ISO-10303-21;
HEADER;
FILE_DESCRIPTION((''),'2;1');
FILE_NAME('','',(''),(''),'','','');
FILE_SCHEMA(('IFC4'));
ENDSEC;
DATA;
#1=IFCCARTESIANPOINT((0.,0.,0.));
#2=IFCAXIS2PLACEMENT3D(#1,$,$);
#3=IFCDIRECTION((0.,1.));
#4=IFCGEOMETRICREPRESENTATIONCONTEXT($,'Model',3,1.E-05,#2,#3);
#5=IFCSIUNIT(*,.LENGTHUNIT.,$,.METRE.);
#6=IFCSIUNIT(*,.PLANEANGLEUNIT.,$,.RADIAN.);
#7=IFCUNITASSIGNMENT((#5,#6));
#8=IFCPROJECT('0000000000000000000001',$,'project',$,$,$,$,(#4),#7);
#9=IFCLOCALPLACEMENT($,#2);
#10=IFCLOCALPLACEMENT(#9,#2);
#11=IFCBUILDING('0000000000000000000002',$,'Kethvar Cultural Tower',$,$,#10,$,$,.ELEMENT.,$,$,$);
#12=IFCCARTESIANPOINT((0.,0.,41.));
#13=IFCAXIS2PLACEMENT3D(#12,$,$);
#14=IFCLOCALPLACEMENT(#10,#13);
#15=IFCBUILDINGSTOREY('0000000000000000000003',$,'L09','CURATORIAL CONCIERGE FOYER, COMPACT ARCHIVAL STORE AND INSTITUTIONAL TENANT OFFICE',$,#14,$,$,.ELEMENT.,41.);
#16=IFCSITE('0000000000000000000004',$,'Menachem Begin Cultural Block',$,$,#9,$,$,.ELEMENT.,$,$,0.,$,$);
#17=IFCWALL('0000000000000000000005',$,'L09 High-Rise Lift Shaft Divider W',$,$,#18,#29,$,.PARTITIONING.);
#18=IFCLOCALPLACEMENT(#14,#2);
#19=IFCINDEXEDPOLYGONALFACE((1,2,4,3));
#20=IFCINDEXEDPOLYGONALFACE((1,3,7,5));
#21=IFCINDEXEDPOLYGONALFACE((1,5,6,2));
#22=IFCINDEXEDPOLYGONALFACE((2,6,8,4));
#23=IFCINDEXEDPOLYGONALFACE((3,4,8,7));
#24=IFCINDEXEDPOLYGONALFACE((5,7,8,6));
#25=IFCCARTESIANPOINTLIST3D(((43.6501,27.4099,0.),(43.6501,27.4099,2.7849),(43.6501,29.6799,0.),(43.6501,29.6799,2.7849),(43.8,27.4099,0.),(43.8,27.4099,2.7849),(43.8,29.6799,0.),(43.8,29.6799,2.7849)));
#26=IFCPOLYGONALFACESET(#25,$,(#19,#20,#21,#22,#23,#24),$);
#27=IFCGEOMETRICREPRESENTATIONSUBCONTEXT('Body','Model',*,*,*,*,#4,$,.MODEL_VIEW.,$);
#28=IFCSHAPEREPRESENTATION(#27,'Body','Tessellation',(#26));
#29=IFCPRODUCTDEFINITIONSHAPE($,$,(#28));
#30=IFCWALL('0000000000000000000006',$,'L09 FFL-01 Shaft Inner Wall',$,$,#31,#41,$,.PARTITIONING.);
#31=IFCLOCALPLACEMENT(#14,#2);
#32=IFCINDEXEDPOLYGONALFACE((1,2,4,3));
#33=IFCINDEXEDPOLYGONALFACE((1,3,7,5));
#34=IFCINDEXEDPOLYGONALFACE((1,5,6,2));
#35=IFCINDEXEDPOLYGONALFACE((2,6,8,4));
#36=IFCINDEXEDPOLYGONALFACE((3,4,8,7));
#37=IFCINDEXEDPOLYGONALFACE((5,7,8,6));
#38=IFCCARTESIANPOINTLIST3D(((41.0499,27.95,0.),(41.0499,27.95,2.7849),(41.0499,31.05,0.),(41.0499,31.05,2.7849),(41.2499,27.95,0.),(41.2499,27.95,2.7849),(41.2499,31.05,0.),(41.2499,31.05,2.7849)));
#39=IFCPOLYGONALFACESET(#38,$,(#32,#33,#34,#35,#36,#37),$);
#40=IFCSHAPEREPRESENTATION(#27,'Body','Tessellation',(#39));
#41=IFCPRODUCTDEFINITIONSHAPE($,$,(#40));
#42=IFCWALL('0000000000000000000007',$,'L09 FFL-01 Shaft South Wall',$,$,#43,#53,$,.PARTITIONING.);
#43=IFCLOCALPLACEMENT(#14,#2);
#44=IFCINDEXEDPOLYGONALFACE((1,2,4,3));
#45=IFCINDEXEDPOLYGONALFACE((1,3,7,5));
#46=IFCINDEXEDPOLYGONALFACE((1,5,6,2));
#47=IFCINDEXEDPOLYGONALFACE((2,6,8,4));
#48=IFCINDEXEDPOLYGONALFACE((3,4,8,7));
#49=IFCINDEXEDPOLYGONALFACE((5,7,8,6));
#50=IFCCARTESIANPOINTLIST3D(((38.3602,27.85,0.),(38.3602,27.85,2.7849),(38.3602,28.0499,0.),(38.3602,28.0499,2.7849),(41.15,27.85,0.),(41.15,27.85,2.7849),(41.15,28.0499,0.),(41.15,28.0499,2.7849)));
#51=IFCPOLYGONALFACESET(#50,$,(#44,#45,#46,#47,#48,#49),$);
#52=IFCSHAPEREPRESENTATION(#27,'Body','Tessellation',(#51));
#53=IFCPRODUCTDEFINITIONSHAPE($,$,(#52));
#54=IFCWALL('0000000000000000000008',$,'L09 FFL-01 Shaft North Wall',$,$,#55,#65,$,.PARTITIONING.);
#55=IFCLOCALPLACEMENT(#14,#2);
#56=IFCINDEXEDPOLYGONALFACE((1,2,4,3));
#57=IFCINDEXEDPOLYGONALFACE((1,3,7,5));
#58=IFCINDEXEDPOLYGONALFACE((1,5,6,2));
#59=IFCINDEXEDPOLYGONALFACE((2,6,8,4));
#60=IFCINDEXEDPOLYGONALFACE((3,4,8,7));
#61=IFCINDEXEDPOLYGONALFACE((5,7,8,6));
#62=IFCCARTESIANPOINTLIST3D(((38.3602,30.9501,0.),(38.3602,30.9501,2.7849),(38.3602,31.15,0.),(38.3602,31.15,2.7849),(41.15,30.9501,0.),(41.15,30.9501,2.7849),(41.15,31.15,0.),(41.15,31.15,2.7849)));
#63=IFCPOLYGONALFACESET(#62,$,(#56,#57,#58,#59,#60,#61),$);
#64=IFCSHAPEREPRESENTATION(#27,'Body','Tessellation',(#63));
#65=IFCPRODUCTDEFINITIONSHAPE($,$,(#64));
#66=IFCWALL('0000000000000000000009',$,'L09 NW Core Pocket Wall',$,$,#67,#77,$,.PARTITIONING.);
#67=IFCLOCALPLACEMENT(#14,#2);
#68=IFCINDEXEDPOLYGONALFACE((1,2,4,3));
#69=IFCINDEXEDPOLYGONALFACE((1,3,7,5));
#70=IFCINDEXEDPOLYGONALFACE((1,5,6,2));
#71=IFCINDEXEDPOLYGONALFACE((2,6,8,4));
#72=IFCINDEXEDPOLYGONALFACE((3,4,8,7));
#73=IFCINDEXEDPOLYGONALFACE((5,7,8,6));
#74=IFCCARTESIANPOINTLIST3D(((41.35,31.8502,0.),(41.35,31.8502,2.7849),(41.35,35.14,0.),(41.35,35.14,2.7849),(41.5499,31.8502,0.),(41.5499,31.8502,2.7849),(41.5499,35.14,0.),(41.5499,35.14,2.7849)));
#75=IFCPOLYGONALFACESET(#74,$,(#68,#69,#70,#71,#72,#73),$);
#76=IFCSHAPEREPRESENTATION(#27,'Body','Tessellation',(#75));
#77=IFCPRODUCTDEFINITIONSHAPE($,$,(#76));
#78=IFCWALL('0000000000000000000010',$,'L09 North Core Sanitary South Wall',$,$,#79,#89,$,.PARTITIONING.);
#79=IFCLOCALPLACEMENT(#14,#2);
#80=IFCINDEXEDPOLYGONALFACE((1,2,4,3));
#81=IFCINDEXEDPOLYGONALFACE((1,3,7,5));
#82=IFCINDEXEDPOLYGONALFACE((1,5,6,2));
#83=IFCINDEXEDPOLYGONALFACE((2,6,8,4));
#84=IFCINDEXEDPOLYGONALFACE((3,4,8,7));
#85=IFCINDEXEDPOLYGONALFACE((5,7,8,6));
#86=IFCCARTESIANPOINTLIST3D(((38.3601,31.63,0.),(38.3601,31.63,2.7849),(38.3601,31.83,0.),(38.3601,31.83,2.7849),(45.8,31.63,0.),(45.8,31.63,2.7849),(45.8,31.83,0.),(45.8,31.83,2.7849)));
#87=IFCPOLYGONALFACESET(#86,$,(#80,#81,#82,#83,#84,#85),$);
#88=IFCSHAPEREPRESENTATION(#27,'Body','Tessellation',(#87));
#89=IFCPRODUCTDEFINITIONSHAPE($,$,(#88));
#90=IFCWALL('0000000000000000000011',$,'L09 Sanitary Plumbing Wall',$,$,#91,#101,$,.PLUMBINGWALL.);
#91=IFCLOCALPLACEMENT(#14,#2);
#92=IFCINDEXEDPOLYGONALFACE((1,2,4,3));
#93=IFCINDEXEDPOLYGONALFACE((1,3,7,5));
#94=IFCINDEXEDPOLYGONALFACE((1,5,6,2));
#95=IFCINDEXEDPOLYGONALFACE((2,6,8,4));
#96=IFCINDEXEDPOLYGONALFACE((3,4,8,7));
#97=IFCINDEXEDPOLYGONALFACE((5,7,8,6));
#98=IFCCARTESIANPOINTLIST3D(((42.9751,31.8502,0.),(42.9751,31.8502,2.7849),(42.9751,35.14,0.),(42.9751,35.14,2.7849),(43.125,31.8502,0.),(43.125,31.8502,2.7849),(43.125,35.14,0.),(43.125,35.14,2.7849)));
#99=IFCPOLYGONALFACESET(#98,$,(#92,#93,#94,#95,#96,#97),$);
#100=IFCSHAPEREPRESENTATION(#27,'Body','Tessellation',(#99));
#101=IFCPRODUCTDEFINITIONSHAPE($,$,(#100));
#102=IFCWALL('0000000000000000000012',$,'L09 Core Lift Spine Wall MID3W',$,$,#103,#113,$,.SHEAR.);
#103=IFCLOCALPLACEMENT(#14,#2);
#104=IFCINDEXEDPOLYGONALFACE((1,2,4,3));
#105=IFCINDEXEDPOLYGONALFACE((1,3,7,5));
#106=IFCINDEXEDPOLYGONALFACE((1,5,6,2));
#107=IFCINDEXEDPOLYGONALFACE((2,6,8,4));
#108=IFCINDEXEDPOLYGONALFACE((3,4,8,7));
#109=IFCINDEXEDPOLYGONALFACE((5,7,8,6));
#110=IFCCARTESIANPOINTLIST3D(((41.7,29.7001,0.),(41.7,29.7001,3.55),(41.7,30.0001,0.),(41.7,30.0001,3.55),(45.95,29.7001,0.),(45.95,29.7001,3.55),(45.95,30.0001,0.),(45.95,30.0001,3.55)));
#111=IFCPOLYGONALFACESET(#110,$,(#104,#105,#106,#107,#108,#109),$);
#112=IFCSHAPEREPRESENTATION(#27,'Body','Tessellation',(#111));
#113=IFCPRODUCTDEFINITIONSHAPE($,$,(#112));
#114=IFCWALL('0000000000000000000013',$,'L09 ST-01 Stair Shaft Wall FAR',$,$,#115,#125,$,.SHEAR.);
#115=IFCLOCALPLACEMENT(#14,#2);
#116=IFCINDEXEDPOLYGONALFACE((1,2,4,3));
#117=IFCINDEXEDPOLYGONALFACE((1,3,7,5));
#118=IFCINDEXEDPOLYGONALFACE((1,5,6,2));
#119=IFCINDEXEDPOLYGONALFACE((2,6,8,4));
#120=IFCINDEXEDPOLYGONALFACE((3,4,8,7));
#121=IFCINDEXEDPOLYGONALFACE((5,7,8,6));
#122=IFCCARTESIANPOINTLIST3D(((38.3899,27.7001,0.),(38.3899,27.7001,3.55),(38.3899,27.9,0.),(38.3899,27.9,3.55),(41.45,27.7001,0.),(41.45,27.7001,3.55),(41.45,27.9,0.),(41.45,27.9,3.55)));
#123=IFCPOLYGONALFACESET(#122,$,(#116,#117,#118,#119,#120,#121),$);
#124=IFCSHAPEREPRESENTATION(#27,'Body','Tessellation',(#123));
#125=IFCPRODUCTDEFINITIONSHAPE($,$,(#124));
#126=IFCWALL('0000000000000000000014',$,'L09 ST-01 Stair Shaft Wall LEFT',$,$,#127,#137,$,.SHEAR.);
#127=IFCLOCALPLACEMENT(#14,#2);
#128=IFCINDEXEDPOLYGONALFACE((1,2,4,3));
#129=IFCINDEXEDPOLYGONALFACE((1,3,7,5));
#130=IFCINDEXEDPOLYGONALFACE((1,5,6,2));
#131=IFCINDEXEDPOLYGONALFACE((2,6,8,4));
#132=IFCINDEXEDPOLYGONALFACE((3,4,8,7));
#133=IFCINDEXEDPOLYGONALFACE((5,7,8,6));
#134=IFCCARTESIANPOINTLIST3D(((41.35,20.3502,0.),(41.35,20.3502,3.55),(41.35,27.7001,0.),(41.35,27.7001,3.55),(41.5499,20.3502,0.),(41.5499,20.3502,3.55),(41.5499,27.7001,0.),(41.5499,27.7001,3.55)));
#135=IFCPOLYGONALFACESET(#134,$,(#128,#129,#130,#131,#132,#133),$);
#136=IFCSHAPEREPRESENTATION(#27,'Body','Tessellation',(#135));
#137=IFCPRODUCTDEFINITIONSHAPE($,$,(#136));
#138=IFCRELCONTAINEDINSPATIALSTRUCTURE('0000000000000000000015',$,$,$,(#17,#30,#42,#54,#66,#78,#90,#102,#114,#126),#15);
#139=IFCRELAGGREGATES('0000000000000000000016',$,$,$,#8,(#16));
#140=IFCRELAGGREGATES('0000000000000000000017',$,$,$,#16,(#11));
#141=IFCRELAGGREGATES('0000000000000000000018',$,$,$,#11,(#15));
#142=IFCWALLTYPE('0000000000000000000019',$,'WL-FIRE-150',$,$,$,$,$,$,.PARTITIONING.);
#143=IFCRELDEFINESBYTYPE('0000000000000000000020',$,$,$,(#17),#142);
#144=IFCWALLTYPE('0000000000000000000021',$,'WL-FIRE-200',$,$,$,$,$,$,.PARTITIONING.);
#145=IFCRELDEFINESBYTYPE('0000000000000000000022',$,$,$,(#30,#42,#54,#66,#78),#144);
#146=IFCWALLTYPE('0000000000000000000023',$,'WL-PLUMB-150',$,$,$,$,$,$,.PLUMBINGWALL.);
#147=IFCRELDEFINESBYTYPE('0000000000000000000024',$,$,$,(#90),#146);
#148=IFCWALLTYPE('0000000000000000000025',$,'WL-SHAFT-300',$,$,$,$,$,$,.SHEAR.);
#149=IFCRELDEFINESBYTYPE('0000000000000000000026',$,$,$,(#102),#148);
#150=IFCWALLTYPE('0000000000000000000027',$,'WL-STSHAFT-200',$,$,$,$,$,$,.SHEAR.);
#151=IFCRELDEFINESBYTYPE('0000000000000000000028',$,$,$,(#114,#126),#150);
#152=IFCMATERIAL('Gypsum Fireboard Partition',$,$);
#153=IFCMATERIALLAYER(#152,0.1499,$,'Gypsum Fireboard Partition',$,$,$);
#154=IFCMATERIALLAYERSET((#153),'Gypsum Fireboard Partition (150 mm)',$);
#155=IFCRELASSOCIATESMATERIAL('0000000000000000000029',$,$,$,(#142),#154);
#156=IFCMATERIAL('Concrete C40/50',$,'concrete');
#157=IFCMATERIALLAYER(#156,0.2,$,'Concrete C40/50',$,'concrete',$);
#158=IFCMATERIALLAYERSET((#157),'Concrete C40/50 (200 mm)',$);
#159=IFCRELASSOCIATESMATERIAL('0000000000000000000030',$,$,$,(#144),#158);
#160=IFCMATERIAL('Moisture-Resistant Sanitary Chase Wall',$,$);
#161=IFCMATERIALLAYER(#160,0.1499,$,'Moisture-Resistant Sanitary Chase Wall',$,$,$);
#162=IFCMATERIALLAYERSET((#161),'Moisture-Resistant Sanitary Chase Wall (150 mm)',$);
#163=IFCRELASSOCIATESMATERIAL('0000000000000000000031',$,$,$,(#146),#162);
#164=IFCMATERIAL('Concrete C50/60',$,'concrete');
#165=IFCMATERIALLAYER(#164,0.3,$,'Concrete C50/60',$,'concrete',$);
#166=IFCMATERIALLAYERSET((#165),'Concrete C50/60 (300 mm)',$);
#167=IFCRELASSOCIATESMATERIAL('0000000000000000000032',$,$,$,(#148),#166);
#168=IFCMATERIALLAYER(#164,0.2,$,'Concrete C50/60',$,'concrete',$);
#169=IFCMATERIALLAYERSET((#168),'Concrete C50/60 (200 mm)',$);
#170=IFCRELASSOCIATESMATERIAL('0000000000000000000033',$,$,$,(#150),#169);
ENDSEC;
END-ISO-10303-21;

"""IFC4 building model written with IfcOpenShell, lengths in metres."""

from ifc_helpers import new_model, si_unit, direction, frame, frame_2d, origin, place, context, subcontext, project, spatial, rectangle, extrude, material, layer, layer_set, type_object, element, save


model = new_model("IFC4")

# Units and contexts
model_context = context("Model", 3, precision=1e-05, world=origin(), true_north=direction((0.0, 1.0)))
body_context = subcontext(model_context, "Body", "Model", "MODEL_VIEW")
ifc_project = project(units=[si_unit("LENGTHUNIT", "METRE"), si_unit("PLANEANGLEUNIT", "RADIAN")], contexts=[model_context])

# Site, building, storey
site_placement = place(None, origin())
site = spatial("IfcSite", under=ifc_project, at=site_placement, Name="Menachem Begin Cultural Block", CompositionType="ELEMENT", RefElevation=0.0)
building_placement = place(site_placement, origin())
building = spatial("IfcBuilding", under=site, at=building_placement, Name="Kethvar Cultural Tower", CompositionType="ELEMENT")
storey_placement = place(building_placement, frame((0.0, 0.0, 41.0)))
storey = spatial("IfcBuildingStorey", under=building, at=storey_placement, Name="L09", Description="CURATORIAL CONCIERGE FOYER, COMPACT ARCHIVAL STORE AND INSTITUTIONAL TENANT OFFICE", CompositionType="ELEMENT", Elevation=41.0)

# Walls
ifc_material_1 = material(Name="Gypsum Fireboard Partition")
ifc_layer_1 = layer(ifc_material_1, 0.1499, Name="Gypsum Fireboard Partition")
ifc_layer_set_1 = layer_set([ifc_layer_1], Name="Gypsum Fireboard Partition (150 mm)")
wall_type_1 = type_object("IfcWallType", Name="WL-FIRE-150", PredefinedType="PARTITIONING", material=ifc_layer_set_1)
for number, where, z_axis, x_axis, name in (
    (1, (43.7251, 27.4099, 0.0), (0.0, 0.0, 1.0), (0.0, 1.0, 0.0), "L09 High-Rise Lift Shaft Divider W"),
):
    element("IfcWall", number, at=place(storey_placement, frame(where, z_axis=z_axis, x_axis=x_axis)), inside=storey, type_object=wall_type_1, Name=name, PredefinedType="PARTITIONING", context=body_context, shape_type="SweptSolid", body=[
        extrude(rectangle(XDim=2.27, YDim=0.1499, at=frame_2d((1.135, 0.0))), origin(), (0.0, 0.0, 1.0), 2.7849),
    ])
ifc_material_2 = material(Name="Concrete C40/50", Category="concrete")
ifc_layer_2 = layer(ifc_material_2, 0.2, Name="Concrete C40/50", Category="concrete")
ifc_layer_set_2 = layer_set([ifc_layer_2], Name="Concrete C40/50 (200 mm)")
wall_type_2 = type_object("IfcWallType", Name="WL-FIRE-200", PredefinedType="PARTITIONING", material=ifc_layer_set_2)
wall_1_placement = place(storey_placement, frame((41.1499, 27.95, 0.0), z_axis=(0.0, 0.0, 1.0), x_axis=(0.0, 1.0, 0.0)))
element("IfcWall", 2, at=wall_1_placement, inside=storey, type_object=wall_type_2, Name="L09 FFL-01 Shaft Inner Wall", PredefinedType="PARTITIONING", context=body_context, shape_type="SweptSolid", body=[
    extrude(rectangle(XDim=3.1001, YDim=0.2, at=frame_2d((1.55, 0.0))), origin(), (0.0, 0.0, 1.0), 2.7849),
])
for number, where, z_axis, x_axis, name in (
    (3, (38.3601, 27.95, 0.0), (0.0, 0.0, 1.0), (1.0, 0.0, 0.0), "L09 FFL-01 Shaft South Wall"),
    (4, (38.3601, 31.05, 0.0), (0.0, 0.0, 1.0), (1.0, 0.0, 0.0), "L09 FFL-01 Shaft North Wall"),
):
    element("IfcWall", number, at=place(storey_placement, frame(where, z_axis=z_axis, x_axis=x_axis)), inside=storey, type_object=wall_type_2, Name=name, PredefinedType="PARTITIONING", context=body_context, shape_type="SweptSolid", body=[
        extrude(rectangle(XDim=2.7898, YDim=0.2, at=frame_2d((1.395, 0.0))), origin(), (0.0, 0.0, 1.0), 2.7849),
    ])
wall_2_placement = place(storey_placement, frame((41.45, 31.8501, 0.0), z_axis=(0.0, 0.0, 1.0), x_axis=(0.0, 1.0, 0.0)))
element("IfcWall", 5, at=wall_2_placement, inside=storey, type_object=wall_type_2, Name="L09 NW Core Pocket Wall", PredefinedType="PARTITIONING", context=body_context, shape_type="SweptSolid", body=[
    extrude(rectangle(XDim=3.2898, YDim=0.2, at=frame_2d((1.645, 0.0))), origin(), (0.0, 0.0, 1.0), 2.7849),
])
wall_3_placement = place(storey_placement, frame((38.3601, 31.73, 0.0), z_axis=(0.0, 0.0, 1.0), x_axis=(1.0, 0.0, 0.0)))
element("IfcWall", 6, at=wall_3_placement, inside=storey, type_object=wall_type_2, Name="L09 North Core Sanitary South Wall", PredefinedType="PARTITIONING", context=body_context, shape_type="SweptSolid", body=[
    extrude(rectangle(XDim=7.4399, YDim=0.2, at=frame_2d((3.72, 0.0))), origin(), (0.0, 0.0, 1.0), 2.7849),
])
ifc_material_3 = material(Name="Moisture-Resistant Sanitary Chase Wall")
ifc_layer_3 = layer(ifc_material_3, 0.1499, Name="Moisture-Resistant Sanitary Chase Wall")
ifc_layer_set_3 = layer_set([ifc_layer_3], Name="Moisture-Resistant Sanitary Chase Wall (150 mm)")
wall_type_3 = type_object("IfcWallType", Name="WL-PLUMB-150", PredefinedType="PLUMBINGWALL", material=ifc_layer_set_3)
wall_4_placement = place(storey_placement, frame((43.05, 31.8501, 0.0), z_axis=(0.0, 0.0, 1.0), x_axis=(0.0, 1.0, 0.0)))
element("IfcWall", 7, at=wall_4_placement, inside=storey, type_object=wall_type_3, Name="L09 Sanitary Plumbing Wall", PredefinedType="PLUMBINGWALL", context=body_context, shape_type="SweptSolid", body=[
    extrude(rectangle(XDim=3.2898, YDim=0.1499, at=frame_2d((1.645, 0.0))), origin(), (0.0, 0.0, 1.0), 2.7849),
])
ifc_material_4 = material(Name="Concrete C50/60", Category="concrete")
ifc_layer_4 = layer(ifc_material_4, 0.3, Name="Concrete C50/60", Category="concrete")
ifc_layer_set_4 = layer_set([ifc_layer_4], Name="Concrete C50/60 (300 mm)")
wall_type_4 = type_object("IfcWallType", Name="WL-SHAFT-300", PredefinedType="SHEAR", material=ifc_layer_set_4)
wall_5_placement = place(storey_placement, frame((41.7, 29.8501, 0.0), z_axis=(0.0, 0.0, 1.0), x_axis=(1.0, 0.0, 0.0)))
element("IfcWall", 8, at=wall_5_placement, inside=storey, type_object=wall_type_4, Name="L09 Core Lift Spine Wall MID3W", PredefinedType="SHEAR", context=body_context, shape_type="SweptSolid", body=[
    extrude(rectangle(XDim=4.25, YDim=0.3, at=frame_2d((2.125, 0.0))), origin(), (0.0, 0.0, 1.0), 3.55),
])
ifc_layer_5 = layer(ifc_material_4, 0.2, Name="Concrete C50/60", Category="concrete")
ifc_layer_set_5 = layer_set([ifc_layer_5], Name="Concrete C50/60 (200 mm)")
wall_type_5 = type_object("IfcWallType", Name="WL-STSHAFT-200", PredefinedType="SHEAR", material=ifc_layer_set_5)
wall_6_placement = place(storey_placement, frame((38.3899, 27.8, 0.0), z_axis=(0.0, 0.0, 1.0), x_axis=(1.0, 0.0, 0.0)))
element("IfcWall", 9, at=wall_6_placement, inside=storey, type_object=wall_type_5, Name="L09 ST-01 Stair Shaft Wall FAR", PredefinedType="SHEAR", context=body_context, shape_type="SweptSolid", body=[
    extrude(rectangle(XDim=3.0601, YDim=0.2, at=frame_2d((1.53, 0.0))), origin(), (0.0, 0.0, 1.0), 3.55),
])
wall_7_placement = place(storey_placement, frame((41.45, 27.7, 0.0), z_axis=(0.0, 0.0, 1.0), x_axis=(0.0, -1.0, 0.0)))
element("IfcWall", 10, at=wall_7_placement, inside=storey, type_object=wall_type_5, Name="L09 ST-01 Stair Shaft Wall LEFT", PredefinedType="SHEAR", context=body_context, shape_type="SweptSolid", body=[
    extrude(rectangle(XDim=7.3499, YDim=0.2, at=frame_2d((3.6748, 0.0))), origin(), (0.0, 0.0, 1.0), 3.55),
])

save(model, "model.ifc")
